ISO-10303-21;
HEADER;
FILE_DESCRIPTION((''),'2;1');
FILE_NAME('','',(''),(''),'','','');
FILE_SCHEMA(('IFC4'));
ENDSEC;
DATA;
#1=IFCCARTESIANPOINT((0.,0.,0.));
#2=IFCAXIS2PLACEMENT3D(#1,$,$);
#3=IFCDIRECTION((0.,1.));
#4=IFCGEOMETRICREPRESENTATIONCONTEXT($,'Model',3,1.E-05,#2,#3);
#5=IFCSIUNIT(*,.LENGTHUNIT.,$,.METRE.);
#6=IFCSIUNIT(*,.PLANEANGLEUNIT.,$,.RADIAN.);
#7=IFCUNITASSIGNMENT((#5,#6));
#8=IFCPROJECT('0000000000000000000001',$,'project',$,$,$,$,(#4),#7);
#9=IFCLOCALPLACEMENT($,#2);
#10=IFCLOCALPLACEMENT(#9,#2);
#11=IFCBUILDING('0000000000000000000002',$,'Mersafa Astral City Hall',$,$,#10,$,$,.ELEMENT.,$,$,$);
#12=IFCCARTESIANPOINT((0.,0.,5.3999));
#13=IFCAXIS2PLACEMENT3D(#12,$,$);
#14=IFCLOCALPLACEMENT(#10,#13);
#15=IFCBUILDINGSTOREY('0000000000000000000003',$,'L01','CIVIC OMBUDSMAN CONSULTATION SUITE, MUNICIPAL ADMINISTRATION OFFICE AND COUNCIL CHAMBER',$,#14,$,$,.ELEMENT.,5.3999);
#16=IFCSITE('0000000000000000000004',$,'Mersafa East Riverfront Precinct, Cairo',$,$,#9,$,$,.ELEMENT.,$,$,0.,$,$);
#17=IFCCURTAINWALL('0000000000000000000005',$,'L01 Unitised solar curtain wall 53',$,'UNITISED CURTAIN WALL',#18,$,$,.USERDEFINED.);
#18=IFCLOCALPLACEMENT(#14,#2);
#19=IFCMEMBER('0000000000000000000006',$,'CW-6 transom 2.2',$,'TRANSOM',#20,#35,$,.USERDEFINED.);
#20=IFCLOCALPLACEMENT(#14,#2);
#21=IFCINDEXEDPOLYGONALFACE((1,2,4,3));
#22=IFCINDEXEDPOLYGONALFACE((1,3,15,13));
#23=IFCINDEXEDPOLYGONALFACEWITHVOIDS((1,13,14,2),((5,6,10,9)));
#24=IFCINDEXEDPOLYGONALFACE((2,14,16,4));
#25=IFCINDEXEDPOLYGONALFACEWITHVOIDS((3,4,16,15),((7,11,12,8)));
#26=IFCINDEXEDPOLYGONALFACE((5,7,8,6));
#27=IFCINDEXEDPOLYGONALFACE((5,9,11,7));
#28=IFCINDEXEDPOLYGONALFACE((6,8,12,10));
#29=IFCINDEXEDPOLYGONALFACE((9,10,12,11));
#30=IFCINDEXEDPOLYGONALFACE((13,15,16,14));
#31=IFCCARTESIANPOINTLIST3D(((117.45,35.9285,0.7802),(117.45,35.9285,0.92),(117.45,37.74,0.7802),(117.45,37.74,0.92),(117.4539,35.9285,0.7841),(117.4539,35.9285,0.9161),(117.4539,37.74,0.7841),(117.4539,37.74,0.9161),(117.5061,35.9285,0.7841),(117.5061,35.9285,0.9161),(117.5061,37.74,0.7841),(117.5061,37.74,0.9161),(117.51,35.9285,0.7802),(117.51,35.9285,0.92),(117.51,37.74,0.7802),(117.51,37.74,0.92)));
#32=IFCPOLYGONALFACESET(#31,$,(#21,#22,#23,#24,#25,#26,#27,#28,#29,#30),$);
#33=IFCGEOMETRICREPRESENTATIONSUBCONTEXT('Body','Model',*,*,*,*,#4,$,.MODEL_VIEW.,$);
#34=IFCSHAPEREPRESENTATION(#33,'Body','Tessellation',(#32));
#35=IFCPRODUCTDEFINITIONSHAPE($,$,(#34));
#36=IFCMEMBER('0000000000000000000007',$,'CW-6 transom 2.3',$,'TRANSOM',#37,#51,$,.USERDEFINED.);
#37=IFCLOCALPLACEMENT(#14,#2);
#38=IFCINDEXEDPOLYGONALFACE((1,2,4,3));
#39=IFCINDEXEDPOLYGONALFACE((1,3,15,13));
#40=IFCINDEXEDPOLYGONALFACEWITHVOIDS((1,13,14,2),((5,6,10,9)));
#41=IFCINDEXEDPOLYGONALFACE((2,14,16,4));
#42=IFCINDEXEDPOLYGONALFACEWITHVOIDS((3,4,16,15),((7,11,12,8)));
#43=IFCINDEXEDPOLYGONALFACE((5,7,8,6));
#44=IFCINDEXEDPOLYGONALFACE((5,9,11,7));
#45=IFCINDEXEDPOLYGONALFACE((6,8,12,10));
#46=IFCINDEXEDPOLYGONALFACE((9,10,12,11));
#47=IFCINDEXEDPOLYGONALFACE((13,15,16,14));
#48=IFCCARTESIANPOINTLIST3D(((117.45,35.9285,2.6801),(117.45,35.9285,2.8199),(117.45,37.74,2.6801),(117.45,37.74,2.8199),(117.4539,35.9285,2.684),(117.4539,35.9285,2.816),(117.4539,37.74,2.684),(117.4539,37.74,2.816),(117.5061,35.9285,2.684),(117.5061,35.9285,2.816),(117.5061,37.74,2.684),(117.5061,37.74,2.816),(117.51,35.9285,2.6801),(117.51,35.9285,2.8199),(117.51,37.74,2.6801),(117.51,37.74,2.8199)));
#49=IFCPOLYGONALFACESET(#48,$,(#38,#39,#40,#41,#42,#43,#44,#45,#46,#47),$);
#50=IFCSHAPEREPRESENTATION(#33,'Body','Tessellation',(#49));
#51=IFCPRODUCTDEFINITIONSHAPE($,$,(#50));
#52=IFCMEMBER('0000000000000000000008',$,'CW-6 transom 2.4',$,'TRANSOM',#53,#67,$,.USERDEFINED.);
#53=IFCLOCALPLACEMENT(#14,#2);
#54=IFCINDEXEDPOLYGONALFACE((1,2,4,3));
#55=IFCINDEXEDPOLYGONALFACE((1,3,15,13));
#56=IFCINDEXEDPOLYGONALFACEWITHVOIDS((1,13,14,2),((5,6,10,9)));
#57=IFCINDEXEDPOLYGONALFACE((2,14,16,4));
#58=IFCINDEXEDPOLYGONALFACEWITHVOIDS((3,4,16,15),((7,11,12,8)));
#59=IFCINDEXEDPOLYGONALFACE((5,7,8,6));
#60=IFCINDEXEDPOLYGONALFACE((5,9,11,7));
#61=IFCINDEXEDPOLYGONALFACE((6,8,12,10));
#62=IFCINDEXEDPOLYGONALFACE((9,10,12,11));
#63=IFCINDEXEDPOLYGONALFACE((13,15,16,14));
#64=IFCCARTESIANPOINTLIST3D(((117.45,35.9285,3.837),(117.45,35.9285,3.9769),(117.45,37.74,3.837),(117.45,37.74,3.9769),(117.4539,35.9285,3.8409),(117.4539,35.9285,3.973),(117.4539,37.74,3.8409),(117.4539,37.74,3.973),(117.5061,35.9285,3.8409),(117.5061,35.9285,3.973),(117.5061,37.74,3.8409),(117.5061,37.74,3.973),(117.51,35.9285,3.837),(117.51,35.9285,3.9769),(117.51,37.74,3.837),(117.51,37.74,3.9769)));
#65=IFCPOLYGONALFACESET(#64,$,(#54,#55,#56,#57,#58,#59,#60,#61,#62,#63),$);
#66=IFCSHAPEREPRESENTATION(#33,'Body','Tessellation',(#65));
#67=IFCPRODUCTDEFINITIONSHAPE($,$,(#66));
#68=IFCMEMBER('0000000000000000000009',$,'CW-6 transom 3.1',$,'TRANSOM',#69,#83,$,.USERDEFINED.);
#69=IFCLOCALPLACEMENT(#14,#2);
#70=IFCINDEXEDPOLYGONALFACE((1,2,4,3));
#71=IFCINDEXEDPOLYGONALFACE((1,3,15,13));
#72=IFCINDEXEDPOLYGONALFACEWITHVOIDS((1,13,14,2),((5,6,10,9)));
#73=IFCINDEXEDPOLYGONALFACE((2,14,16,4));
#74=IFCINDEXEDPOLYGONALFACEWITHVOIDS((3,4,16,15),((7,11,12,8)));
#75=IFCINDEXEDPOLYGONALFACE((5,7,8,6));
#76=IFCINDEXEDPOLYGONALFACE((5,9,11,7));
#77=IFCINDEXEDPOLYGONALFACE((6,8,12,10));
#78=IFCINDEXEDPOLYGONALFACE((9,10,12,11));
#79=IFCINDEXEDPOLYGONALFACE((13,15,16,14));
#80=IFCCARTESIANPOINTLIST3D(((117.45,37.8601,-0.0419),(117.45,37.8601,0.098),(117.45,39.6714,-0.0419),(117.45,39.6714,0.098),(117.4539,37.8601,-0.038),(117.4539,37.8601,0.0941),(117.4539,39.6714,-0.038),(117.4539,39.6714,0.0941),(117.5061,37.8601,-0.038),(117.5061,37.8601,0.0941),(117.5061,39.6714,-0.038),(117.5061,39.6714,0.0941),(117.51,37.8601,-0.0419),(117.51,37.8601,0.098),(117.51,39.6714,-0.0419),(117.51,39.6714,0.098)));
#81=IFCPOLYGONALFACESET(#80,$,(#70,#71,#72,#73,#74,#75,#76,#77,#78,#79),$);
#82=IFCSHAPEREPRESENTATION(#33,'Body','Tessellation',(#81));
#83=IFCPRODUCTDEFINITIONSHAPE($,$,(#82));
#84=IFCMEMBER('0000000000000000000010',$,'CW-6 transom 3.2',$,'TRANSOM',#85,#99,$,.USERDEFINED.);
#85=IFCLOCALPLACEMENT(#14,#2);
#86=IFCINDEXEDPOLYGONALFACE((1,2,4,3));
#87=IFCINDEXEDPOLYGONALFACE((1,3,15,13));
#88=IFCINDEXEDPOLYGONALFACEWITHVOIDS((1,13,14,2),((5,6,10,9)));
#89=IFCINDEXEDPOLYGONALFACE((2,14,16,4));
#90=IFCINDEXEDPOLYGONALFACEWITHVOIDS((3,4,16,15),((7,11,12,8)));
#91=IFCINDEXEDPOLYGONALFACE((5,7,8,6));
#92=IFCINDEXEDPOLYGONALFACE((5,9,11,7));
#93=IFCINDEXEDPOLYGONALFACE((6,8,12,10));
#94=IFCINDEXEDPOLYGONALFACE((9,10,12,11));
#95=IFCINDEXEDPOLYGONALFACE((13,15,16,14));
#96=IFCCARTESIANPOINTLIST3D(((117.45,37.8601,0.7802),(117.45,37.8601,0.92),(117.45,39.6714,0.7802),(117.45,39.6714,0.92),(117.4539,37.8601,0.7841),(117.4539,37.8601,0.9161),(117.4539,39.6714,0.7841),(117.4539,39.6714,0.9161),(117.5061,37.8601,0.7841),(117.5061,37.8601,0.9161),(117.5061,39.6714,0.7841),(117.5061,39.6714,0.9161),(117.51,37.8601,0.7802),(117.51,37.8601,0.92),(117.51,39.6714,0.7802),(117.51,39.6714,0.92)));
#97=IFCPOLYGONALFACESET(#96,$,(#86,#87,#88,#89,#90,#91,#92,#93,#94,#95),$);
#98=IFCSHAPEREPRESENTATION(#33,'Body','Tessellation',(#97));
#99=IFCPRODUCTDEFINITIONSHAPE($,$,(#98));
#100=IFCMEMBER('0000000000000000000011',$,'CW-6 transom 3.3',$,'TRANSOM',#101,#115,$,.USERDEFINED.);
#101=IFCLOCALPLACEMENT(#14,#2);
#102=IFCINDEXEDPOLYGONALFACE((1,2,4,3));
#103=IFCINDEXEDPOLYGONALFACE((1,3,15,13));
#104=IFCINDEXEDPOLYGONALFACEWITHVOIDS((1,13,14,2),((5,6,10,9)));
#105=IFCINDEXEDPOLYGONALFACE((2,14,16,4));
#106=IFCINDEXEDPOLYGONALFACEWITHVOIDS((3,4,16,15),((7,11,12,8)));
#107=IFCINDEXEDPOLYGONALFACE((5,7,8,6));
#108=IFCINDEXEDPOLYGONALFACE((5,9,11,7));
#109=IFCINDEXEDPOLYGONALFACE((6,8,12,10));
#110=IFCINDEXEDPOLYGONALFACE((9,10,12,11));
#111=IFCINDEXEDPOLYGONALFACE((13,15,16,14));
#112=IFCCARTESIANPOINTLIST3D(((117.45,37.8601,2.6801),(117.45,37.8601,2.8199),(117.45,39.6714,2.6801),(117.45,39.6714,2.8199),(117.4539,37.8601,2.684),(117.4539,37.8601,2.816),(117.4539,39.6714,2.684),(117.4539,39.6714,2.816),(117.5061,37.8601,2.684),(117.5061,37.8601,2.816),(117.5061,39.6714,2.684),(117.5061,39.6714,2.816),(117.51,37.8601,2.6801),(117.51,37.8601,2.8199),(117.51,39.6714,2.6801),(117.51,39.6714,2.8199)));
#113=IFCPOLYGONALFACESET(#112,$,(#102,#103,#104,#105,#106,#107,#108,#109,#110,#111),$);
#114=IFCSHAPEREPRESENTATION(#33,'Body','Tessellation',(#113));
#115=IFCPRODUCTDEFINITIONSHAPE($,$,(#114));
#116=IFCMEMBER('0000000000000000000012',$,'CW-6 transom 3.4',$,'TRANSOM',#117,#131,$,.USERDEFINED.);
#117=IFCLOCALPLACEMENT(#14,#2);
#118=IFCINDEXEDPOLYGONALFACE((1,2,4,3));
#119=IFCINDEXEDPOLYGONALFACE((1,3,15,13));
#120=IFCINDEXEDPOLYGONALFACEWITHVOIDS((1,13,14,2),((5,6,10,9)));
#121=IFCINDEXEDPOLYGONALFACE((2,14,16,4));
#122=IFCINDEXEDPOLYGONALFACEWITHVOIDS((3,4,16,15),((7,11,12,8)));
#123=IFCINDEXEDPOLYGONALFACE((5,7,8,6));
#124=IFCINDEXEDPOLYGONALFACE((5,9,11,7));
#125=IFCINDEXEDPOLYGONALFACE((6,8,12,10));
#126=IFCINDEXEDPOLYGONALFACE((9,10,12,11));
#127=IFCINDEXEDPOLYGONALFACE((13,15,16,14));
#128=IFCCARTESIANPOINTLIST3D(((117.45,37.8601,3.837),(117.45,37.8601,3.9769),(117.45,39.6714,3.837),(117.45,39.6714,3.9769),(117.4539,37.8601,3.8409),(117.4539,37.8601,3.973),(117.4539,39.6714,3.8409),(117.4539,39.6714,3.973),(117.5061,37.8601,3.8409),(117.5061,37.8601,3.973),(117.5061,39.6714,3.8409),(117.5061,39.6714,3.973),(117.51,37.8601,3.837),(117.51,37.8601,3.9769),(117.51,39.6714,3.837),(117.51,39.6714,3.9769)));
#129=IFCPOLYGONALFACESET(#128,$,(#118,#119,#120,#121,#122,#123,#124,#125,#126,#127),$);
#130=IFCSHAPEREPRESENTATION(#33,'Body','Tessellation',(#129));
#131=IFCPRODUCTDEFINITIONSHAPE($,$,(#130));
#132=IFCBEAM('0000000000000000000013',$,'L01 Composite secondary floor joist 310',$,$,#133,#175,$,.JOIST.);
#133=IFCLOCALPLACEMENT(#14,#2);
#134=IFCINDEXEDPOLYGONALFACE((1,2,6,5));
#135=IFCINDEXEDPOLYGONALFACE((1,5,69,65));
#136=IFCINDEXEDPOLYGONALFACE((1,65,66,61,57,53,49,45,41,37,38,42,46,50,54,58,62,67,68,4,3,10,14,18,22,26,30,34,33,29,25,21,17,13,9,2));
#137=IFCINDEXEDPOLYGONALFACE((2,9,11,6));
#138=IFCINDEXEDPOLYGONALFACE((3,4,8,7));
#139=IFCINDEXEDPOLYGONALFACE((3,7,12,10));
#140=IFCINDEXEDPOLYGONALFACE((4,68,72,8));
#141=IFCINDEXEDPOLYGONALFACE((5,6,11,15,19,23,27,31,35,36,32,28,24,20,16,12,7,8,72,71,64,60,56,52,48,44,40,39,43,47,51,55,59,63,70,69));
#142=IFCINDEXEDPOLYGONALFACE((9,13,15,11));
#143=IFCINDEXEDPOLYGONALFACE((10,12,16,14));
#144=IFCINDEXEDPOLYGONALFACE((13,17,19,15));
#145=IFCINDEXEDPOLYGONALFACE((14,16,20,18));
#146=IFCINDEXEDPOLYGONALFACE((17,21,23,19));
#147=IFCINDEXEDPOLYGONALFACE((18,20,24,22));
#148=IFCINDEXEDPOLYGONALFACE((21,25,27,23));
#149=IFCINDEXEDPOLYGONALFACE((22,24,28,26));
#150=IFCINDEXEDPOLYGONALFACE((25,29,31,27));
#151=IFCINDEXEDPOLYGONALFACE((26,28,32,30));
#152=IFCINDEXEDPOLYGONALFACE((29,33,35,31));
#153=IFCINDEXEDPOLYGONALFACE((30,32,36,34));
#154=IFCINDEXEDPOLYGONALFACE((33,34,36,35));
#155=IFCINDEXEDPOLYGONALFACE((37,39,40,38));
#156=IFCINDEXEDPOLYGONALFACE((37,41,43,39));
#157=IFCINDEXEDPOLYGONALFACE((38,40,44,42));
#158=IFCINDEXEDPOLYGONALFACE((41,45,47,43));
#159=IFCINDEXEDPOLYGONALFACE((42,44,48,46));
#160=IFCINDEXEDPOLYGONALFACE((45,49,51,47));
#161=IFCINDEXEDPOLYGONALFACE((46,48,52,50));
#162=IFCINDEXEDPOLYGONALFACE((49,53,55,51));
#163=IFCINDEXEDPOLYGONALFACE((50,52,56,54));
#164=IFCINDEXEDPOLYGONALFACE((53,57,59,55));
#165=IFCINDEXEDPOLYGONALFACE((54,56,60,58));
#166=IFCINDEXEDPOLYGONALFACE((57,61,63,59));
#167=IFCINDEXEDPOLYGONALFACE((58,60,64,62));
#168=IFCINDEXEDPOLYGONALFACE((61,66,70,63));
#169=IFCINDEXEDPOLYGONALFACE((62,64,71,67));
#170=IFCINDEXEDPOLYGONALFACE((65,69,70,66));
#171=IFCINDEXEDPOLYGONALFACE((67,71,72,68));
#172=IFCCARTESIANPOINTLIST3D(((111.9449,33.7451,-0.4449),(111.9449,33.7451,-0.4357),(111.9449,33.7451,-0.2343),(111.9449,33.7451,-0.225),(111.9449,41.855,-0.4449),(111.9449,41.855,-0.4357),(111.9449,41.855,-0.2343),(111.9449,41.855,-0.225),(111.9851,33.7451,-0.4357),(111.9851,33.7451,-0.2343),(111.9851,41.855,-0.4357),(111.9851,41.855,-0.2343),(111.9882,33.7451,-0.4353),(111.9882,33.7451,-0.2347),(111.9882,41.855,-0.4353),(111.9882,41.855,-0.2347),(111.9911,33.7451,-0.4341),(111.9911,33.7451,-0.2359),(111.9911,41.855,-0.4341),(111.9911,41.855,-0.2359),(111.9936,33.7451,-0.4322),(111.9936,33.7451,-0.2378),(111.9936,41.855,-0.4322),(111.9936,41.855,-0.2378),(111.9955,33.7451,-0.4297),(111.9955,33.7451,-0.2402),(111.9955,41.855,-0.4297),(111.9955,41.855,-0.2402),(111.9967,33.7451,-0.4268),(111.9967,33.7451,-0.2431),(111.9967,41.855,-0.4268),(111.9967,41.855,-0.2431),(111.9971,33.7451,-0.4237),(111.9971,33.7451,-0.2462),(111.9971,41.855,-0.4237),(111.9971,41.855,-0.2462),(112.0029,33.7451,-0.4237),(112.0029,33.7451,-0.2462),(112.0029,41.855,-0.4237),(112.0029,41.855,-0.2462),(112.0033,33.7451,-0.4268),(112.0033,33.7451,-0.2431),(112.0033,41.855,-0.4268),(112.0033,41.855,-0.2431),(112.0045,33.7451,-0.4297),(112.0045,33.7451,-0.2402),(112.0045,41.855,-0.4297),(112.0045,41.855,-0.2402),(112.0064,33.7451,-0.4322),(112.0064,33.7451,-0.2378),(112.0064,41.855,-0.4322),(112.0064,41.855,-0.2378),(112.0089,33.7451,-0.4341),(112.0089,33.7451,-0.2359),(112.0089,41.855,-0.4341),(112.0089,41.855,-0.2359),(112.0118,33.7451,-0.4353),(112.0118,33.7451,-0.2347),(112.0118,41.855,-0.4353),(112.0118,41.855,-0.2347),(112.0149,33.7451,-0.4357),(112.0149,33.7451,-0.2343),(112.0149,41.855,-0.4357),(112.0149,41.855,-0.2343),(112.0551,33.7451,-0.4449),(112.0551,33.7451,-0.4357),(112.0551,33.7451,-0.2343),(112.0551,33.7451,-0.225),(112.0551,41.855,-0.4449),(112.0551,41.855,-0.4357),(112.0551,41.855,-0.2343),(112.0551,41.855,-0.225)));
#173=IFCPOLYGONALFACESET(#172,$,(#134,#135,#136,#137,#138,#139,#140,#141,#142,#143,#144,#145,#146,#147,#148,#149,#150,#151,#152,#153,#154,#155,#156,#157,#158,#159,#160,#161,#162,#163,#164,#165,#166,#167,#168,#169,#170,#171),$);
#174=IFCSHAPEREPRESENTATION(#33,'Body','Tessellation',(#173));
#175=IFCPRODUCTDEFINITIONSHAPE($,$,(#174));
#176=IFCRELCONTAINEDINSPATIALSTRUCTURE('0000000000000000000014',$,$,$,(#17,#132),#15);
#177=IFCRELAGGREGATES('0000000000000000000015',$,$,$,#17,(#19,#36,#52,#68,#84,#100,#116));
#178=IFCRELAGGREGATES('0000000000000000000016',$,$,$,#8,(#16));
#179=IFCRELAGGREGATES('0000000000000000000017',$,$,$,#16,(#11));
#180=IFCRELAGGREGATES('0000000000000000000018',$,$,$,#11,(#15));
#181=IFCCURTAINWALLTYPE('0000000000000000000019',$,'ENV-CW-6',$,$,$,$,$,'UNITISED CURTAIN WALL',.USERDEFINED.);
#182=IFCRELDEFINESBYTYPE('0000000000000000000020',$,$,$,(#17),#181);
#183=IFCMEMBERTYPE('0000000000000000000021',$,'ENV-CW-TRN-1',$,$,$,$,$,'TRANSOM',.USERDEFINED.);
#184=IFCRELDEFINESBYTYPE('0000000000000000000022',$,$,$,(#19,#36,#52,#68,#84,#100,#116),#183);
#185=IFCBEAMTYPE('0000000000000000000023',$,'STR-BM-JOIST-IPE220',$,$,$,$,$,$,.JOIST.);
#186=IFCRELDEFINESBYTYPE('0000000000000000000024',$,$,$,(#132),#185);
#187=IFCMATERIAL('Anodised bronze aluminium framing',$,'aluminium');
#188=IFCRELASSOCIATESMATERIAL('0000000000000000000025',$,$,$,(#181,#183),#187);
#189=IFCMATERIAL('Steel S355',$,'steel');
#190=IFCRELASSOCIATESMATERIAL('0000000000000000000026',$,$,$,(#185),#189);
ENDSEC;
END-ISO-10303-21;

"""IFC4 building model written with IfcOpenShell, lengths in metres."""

from ifc_helpers import new_model, si_unit, direction, frame, origin, origin_2d, place, context, subcontext, project, spatial, hollow_rectangle, i_section, extrude, material, material_profile, profile_set, type_object, element, aggregate, save


model = new_model("IFC4")

# Units and contexts
model_context = context("Model", 3, precision=1e-05, world=origin(), true_north=direction((0.0, 1.0)))
body_context = subcontext(model_context, "Body", "Model", "MODEL_VIEW")
ifc_project = project(units=[si_unit("LENGTHUNIT", "METRE"), si_unit("PLANEANGLEUNIT", "RADIAN")], contexts=[model_context])

# Site, building, storey
site_placement = place(None, origin())
site = spatial("IfcSite", under=ifc_project, at=site_placement, Name="Mersafa East Riverfront Precinct, Cairo", CompositionType="ELEMENT", RefElevation=0.0)
building_placement = place(site_placement, origin())
building = spatial("IfcBuilding", under=site, at=building_placement, Name="Mersafa Astral City Hall", CompositionType="ELEMENT")
storey_placement = place(building_placement, frame((0.0, 0.0, 5.3999)))
storey = spatial("IfcBuildingStorey", under=building, at=storey_placement, Name="L01", Description="CIVIC OMBUDSMAN CONSULTATION SUITE, MUNICIPAL ADMINISTRATION OFFICE AND COUNCIL CHAMBER", CompositionType="ELEMENT", Elevation=5.3999)

# Shared definitions
ifc_material_1 = material(Name="Steel S355", Category="steel")

# Curtain wall, members
ifc_material_2 = material(Name="Anodised bronze aluminium framing", Category="aluminium")
curtain_wall_type = type_object("IfcCurtainWallType", Name="ENV-CW-6", ElementType="UNITISED CURTAIN WALL", PredefinedType="USERDEFINED", material=ifc_material_2)
curtain_wall_placement = place(storey_placement, origin())
curtain_wall = element("IfcCurtainWall", 1, at=curtain_wall_placement, inside=storey, type_object=curtain_wall_type, Name="L01 Unitised solar curtain wall 53", ObjectType="UNITISED CURTAIN WALL", PredefinedType="USERDEFINED")
ifc_material_profile_1 = material_profile(ifc_material_2, hollow_rectangle(XDim=0.0601, YDim=0.1399, WallThickness=0.0039, at=origin_2d()), Name="RHS 60x140x4")
ifc_profile_set_1 = profile_set([ifc_material_profile_1], Name="Anodised bronze aluminium framing")
member_type_1 = type_object("IfcMemberType", Name="ENV-CW-TRN-1", ElementType="TRANSOM", PredefinedType="USERDEFINED", material=ifc_profile_set_1)
member_1_placement = place(storey_placement, frame((117.48, 35.9285, 0.8501), z_axis=(0.0, 1.0, 0.0), x_axis=(-1.0, 0.0, 0.0)))
member_1 = element("IfcMember", 2, at=member_1_placement, type_object=member_type_1, Name="CW-6 transom 2.2", ObjectType="TRANSOM", PredefinedType="USERDEFINED", context=body_context, shape_type="SweptSolid", body=[
    extrude(hollow_rectangle(XDim=0.0601, YDim=0.1399, WallThickness=0.0039, at=origin_2d()), origin(), (0.0, 0.0, 1.0), 1.8115),
])
member_2_placement = place(storey_placement, frame((117.48, 35.9285, 2.75), z_axis=(0.0, 1.0, 0.0), x_axis=(-1.0, 0.0, 0.0)))
member_2 = element("IfcMember", 3, at=member_2_placement, type_object=member_type_1, Name="CW-6 transom 2.3", ObjectType="TRANSOM", PredefinedType="USERDEFINED", context=body_context, shape_type="SweptSolid", body=[
    extrude(hollow_rectangle(XDim=0.0601, YDim=0.1399, WallThickness=0.0039, at=origin_2d()), origin(), (0.0, 0.0, 1.0), 1.8115),
])
member_3_placement = place(storey_placement, frame((117.48, 35.9285, 3.907), z_axis=(0.0, 1.0, 0.0), x_axis=(-1.0, 0.0, 0.0)))
member_3 = element("IfcMember", 4, at=member_3_placement, type_object=member_type_1, Name="CW-6 transom 2.4", ObjectType="TRANSOM", PredefinedType="USERDEFINED", context=body_context, shape_type="SweptSolid", body=[
    extrude(hollow_rectangle(XDim=0.0601, YDim=0.1399, WallThickness=0.0039, at=origin_2d()), origin(), (0.0, 0.0, 1.0), 1.8115),
])
member_4_placement = place(storey_placement, frame((117.48, 37.8601, 0.0281), z_axis=(0.0, 1.0, 0.0), x_axis=(-1.0, 0.0, 0.0)))
member_4 = element("IfcMember", 5, at=member_4_placement, type_object=member_type_1, Name="CW-6 transom 3.1", ObjectType="TRANSOM", PredefinedType="USERDEFINED", context=body_context, shape_type="SweptSolid", body=[
    extrude(hollow_rectangle(XDim=0.0601, YDim=0.1399, WallThickness=0.0039, at=origin_2d()), origin(), (0.0, 0.0, 1.0), 1.8113),
])
member_5_placement = place(storey_placement, frame((117.48, 37.8601, 0.8501), z_axis=(0.0, 1.0, 0.0), x_axis=(-1.0, 0.0, 0.0)))
member_5 = element("IfcMember", 6, at=member_5_placement, type_object=member_type_1, Name="CW-6 transom 3.2", ObjectType="TRANSOM", PredefinedType="USERDEFINED", context=body_context, shape_type="SweptSolid", body=[
    extrude(hollow_rectangle(XDim=0.0601, YDim=0.1399, WallThickness=0.0039, at=origin_2d()), origin(), (0.0, 0.0, 1.0), 1.8113),
])
member_6_placement = place(storey_placement, frame((117.48, 37.8601, 2.75), z_axis=(0.0, 1.0, 0.0), x_axis=(-1.0, 0.0, 0.0)))
member_6 = element("IfcMember", 7, at=member_6_placement, type_object=member_type_1, Name="CW-6 transom 3.3", ObjectType="TRANSOM", PredefinedType="USERDEFINED", context=body_context, shape_type="SweptSolid", body=[
    extrude(hollow_rectangle(XDim=0.0601, YDim=0.1399, WallThickness=0.0039, at=origin_2d()), origin(), (0.0, 0.0, 1.0), 1.8113),
])
member_7_placement = place(storey_placement, frame((117.48, 37.8601, 3.907), z_axis=(0.0, 1.0, 0.0), x_axis=(-1.0, 0.0, 0.0)))
member_7 = element("IfcMember", 8, at=member_7_placement, type_object=member_type_1, Name="CW-6 transom 3.4", ObjectType="TRANSOM", PredefinedType="USERDEFINED", context=body_context, shape_type="SweptSolid", body=[
    extrude(hollow_rectangle(XDim=0.0601, YDim=0.1399, WallThickness=0.0039, at=origin_2d()), origin(), (0.0, 0.0, 1.0), 1.8113),
])

# Beam
ifc_material_profile_2 = material_profile(ifc_material_1, i_section(OverallWidth=0.1101, OverallDepth=0.22, WebThickness=0.0059, FlangeThickness=0.0093, FilletRadius=0.012, at=origin_2d()), Name="IPE 220")
ifc_profile_set_2 = profile_set([ifc_material_profile_2], Name="Steel S355")
beam_type_1 = type_object("IfcBeamType", Name="STR-BM-JOIST-IPE220", PredefinedType="JOIST", material=ifc_profile_set_2)
for number, where, z_axis, x_axis, name in (
    (9, (112.0, 33.7451, -0.335), (0.0, 1.0, 0.0), (-1.0, 0.0, 0.0), "L01 Composite secondary floor joist 310"),
):
    element("IfcBeam", number, at=place(storey_placement, frame(where, z_axis=z_axis, x_axis=x_axis)), inside=storey, type_object=beam_type_1, Name=name, PredefinedType="JOIST", context=body_context, shape_type="SweptSolid", body=[
        extrude(i_section(OverallWidth=0.1101, OverallDepth=0.22, WebThickness=0.0059, FlangeThickness=0.0093, FilletRadius=0.012, at=origin_2d()), origin(), (0.0, 0.0, 1.0), 8.1099),
    ])

aggregate(curtain_wall, [member_1, member_2, member_3, member_4, member_5, member_6, member_7])

save(model, "model.ifc")
